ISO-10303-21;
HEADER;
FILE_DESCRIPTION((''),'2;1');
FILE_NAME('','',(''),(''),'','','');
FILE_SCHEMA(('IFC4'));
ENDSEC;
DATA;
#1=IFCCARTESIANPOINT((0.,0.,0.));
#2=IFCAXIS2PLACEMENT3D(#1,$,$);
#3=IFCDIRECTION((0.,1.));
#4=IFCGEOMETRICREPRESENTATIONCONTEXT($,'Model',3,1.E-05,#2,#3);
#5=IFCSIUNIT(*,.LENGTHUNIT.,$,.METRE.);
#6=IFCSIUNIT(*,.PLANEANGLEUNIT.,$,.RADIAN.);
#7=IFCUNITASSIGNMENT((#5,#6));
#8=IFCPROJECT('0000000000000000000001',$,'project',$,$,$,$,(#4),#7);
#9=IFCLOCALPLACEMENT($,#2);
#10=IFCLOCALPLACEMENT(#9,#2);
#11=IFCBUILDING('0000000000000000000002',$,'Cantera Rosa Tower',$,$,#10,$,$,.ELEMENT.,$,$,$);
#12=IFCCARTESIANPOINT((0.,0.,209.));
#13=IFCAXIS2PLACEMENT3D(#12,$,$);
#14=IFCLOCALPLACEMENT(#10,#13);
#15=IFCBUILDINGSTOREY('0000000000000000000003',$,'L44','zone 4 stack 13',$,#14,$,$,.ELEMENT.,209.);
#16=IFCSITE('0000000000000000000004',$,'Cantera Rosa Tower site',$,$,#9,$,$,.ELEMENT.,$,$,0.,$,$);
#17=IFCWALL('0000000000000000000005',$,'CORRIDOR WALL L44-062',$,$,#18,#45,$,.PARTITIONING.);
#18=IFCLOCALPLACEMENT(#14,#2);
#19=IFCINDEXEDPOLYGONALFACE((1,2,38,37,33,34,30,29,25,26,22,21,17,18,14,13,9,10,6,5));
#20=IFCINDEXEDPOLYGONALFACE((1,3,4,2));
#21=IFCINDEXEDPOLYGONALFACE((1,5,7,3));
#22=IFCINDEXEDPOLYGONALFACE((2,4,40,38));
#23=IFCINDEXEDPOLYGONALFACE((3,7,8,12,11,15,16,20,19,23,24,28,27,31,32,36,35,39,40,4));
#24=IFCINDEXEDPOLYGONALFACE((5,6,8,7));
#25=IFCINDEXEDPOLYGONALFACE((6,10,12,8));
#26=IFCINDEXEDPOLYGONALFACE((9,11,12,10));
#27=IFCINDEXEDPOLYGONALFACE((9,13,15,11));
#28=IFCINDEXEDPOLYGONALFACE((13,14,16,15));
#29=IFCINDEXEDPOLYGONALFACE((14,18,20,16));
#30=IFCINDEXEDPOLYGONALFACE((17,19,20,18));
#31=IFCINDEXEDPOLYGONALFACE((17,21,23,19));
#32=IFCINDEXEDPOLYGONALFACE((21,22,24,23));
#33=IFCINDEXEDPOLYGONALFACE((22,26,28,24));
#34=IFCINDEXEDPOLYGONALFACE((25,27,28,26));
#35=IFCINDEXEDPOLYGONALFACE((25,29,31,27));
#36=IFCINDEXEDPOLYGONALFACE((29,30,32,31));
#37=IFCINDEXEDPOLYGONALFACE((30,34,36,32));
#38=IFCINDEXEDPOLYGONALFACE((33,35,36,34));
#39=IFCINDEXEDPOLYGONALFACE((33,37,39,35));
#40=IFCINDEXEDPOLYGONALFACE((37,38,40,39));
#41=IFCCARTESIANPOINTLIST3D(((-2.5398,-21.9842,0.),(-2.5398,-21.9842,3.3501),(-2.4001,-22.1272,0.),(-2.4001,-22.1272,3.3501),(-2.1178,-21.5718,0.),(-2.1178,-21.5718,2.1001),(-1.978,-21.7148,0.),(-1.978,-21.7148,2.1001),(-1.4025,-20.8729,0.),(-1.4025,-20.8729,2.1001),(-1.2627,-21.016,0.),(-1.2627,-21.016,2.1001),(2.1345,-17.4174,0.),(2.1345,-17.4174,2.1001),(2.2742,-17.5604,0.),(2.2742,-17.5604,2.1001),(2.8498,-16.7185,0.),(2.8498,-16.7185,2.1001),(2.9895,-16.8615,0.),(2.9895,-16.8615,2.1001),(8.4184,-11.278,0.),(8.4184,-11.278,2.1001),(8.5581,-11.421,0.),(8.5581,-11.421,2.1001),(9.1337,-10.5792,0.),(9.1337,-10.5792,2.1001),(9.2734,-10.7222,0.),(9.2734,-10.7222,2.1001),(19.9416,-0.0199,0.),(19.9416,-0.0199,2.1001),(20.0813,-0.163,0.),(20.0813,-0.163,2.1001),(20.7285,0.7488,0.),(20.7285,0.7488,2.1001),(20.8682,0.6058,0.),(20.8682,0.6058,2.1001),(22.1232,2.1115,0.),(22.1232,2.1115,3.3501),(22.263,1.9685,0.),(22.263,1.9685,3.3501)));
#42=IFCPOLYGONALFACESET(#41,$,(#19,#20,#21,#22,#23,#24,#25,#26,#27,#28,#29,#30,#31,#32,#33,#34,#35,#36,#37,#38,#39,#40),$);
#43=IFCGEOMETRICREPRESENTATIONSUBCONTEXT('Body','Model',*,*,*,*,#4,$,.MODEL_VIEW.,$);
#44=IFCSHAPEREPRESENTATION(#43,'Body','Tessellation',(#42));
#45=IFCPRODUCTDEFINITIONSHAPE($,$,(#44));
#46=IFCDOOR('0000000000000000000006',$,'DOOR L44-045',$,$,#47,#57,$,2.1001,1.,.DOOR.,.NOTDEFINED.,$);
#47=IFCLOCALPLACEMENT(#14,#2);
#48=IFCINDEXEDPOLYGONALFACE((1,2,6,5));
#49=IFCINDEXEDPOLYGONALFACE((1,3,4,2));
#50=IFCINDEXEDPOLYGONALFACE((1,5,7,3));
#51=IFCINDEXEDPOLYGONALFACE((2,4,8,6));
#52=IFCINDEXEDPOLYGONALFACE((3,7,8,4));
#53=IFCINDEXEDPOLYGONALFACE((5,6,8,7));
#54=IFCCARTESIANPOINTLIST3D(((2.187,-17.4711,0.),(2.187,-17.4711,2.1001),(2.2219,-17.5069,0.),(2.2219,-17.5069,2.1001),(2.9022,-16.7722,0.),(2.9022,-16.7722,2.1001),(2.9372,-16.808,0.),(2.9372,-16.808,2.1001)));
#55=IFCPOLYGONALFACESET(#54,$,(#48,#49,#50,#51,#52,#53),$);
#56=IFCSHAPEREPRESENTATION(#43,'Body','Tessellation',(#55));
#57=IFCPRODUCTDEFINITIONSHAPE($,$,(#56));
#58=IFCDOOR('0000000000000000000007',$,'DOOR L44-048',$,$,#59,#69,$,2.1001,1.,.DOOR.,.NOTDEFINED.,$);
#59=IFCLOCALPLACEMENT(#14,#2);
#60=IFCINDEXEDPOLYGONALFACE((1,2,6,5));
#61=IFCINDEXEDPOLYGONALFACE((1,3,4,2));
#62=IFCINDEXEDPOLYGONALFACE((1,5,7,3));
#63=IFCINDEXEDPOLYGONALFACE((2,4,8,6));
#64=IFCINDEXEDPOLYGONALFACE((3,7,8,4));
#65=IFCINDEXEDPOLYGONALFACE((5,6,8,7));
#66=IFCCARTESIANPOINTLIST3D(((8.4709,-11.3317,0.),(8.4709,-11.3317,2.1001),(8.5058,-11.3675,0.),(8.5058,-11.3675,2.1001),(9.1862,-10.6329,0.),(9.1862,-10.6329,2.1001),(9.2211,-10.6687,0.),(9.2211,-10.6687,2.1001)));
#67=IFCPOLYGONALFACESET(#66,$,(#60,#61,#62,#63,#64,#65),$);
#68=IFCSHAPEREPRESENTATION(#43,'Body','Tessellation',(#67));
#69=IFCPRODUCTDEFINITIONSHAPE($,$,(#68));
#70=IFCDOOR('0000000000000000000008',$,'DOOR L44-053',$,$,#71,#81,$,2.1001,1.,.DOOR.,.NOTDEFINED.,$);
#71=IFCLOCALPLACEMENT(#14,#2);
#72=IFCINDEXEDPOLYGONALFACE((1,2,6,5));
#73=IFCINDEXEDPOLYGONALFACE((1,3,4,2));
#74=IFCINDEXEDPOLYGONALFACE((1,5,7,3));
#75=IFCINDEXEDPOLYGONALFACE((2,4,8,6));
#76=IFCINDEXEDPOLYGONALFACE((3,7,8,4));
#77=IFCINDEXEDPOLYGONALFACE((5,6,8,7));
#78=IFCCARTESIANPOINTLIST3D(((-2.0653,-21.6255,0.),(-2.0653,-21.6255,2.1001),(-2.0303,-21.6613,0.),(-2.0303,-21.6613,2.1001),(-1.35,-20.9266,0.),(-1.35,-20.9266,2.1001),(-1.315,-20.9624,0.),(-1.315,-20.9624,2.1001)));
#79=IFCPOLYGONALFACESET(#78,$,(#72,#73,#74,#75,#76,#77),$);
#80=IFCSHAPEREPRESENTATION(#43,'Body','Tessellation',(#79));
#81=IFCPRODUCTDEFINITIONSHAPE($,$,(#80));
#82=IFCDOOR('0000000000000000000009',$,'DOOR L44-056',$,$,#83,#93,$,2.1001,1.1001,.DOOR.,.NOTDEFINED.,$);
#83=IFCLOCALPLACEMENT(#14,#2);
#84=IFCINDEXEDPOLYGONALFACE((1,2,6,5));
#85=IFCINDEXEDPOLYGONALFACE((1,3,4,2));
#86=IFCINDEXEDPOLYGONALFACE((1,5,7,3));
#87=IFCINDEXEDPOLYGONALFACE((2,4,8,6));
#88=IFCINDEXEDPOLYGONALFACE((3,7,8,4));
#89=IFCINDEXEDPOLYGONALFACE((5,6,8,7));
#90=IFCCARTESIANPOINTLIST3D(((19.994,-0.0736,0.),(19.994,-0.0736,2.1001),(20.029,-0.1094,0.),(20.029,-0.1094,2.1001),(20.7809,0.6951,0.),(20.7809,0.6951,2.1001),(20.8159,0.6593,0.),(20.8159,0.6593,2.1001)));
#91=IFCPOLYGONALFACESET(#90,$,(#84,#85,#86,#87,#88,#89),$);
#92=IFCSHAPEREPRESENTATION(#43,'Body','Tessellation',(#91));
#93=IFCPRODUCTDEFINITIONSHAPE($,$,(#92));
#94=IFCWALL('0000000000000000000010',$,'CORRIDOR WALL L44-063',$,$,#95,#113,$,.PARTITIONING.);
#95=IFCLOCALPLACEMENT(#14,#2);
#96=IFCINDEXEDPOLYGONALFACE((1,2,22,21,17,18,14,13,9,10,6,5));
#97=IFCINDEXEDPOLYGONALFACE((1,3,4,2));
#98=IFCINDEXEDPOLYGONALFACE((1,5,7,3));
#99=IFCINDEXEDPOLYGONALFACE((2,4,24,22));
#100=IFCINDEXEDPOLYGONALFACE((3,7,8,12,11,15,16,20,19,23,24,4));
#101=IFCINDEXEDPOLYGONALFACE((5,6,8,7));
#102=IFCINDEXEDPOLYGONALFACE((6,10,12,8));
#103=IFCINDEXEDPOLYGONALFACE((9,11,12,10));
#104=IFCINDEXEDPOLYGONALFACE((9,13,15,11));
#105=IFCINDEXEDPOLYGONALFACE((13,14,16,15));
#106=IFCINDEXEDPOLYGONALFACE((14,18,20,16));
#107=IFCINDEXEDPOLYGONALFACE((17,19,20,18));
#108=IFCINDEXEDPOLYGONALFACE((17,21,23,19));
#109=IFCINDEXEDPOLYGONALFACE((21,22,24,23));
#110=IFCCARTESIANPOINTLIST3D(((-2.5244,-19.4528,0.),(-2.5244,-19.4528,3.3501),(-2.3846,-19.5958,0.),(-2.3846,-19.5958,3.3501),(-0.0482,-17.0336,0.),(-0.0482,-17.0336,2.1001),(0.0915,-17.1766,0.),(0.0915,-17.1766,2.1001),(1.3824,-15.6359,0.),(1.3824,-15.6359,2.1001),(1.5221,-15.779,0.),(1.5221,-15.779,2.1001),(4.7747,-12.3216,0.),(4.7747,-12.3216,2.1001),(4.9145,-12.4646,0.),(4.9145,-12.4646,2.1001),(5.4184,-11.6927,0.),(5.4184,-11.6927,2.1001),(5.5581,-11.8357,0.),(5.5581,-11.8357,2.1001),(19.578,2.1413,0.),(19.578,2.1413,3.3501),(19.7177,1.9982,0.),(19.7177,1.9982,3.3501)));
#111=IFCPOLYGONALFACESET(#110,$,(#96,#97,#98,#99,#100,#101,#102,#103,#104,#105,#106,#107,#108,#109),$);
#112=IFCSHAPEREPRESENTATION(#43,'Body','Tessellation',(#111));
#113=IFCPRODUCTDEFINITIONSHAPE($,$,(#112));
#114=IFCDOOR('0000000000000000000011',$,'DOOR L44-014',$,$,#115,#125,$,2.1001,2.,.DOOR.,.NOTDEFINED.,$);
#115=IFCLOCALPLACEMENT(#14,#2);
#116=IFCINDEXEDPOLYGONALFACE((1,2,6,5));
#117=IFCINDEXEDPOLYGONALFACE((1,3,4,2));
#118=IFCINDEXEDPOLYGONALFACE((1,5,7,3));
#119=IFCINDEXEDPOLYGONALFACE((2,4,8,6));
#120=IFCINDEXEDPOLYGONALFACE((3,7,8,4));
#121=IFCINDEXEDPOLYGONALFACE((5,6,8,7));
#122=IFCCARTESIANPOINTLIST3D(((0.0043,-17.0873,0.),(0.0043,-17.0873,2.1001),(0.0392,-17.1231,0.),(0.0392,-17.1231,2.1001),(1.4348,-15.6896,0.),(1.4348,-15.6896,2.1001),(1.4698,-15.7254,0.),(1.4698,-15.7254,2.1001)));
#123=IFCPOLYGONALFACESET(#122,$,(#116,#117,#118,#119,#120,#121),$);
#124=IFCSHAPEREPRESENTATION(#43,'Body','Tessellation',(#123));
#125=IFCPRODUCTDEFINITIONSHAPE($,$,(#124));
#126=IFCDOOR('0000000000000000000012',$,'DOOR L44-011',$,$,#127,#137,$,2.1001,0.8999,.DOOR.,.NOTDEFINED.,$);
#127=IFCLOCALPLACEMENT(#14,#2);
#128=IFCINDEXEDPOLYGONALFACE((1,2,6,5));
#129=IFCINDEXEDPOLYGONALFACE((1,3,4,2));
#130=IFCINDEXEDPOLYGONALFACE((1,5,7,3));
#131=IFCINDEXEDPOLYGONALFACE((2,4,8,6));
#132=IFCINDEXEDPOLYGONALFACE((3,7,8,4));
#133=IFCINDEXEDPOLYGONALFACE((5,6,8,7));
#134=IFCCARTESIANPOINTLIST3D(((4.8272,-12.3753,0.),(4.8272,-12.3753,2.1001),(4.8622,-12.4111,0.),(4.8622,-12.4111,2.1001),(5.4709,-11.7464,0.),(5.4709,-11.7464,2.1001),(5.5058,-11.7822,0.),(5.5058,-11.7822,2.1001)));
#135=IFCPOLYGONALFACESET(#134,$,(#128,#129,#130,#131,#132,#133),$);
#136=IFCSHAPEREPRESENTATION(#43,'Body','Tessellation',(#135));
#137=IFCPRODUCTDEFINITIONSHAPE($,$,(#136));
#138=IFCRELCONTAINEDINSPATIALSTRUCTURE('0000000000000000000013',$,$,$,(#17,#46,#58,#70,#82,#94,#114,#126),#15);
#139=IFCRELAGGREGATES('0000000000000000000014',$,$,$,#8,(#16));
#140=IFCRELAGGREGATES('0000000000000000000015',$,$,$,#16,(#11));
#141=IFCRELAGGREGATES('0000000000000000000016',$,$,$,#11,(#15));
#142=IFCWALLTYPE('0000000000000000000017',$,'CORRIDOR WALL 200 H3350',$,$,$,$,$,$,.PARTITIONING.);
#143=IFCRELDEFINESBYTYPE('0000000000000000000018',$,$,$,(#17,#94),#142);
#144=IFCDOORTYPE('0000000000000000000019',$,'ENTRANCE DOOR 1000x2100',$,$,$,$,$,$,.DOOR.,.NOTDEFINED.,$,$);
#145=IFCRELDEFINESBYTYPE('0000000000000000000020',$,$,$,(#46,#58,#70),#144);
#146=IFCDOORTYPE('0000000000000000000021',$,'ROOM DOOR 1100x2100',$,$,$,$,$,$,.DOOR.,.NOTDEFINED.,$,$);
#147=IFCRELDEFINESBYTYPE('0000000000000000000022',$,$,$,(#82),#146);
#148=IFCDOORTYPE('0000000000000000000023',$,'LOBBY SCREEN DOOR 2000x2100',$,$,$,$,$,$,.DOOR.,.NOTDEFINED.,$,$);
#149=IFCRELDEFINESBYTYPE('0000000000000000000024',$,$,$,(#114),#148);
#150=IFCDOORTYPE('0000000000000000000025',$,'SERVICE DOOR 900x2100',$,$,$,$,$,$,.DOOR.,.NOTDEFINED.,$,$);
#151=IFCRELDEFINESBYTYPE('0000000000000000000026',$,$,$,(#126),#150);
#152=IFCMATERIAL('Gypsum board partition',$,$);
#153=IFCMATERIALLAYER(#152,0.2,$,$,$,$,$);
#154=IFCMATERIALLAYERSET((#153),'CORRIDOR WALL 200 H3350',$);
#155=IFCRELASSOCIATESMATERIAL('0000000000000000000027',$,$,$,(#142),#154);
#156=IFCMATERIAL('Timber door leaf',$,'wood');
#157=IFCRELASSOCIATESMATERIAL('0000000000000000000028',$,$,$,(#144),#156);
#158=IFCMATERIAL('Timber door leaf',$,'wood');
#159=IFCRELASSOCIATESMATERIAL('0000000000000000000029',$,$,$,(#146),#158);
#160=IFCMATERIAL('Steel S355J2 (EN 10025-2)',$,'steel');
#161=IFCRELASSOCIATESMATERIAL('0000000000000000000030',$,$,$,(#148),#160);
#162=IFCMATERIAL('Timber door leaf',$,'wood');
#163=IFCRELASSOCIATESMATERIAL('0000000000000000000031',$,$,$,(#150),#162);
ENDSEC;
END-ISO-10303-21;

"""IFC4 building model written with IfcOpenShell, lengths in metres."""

from ifc_helpers import new_model, si_unit, direction, frame, frame_2d, origin, place, context, subcontext, project, spatial, rectangle, extrude, material, layer, layer_set, type_object, element, fill, save


model = new_model("IFC4")

# Units and contexts
model_context = context("Model", 3, precision=1e-05, world=origin(), true_north=direction((0.0, 1.0)))
body_context = subcontext(model_context, "Body", "Model", "MODEL_VIEW")
ifc_project = project(units=[si_unit("LENGTHUNIT", "METRE"), si_unit("PLANEANGLEUNIT", "RADIAN")], contexts=[model_context])

# Site, building, storey
site_placement = place(None, origin())
site = spatial("IfcSite", under=ifc_project, at=site_placement, Name="Cantera Rosa Tower site", CompositionType="ELEMENT", RefElevation=0.0)
building_placement = place(site_placement, origin())
building = spatial("IfcBuilding", under=site, at=building_placement, Name="Cantera Rosa Tower", CompositionType="ELEMENT")
storey_placement = place(building_placement, frame((0.0, 0.0, 209.0)))
storey = spatial("IfcBuildingStorey", under=building, at=storey_placement, Name="L44", Description="zone 4 stack 13", CompositionType="ELEMENT", Elevation=209.0)

# Shared definitions
ifc_material_1 = material(Name="Gypsum board partition")
ifc_layer_1 = layer(ifc_material_1, 0.2)
ifc_layer_set_1 = layer_set([ifc_layer_1], Name="CORRIDOR WALL 200 H3350")
wall_type_1 = type_object("IfcWallType", Name="CORRIDOR WALL 200 H3350", PredefinedType="PARTITIONING", material=ifc_layer_set_1)

# Walls, openings, doors
wall_1_placement = place(storey_placement, frame((-2.47, -22.0557, 0.0), z_axis=(0.0, 0.0, 1.0), x_axis=(0.715287, 0.698831, 0.0)))
wall_1 = element("IfcWall", 1, at=wall_1_placement, inside=storey, type_object=wall_type_1, Name="CORRIDOR WALL L44-062", PredefinedType="PARTITIONING", context=body_context, shape_type="SweptSolid", body=[
    extrude(rectangle(XDim=34.48, YDim=0.2, at=frame_2d((17.24, 0.0))), origin(), (0.0, 0.0, 1.0), 3.3501),
])
opening_1_placement = place(wall_1_placement, frame((6.5349, 0.0, 0.0)))
opening_1 = element("IfcOpeningElement", 2, at=opening_1_placement, cuts=wall_1, PredefinedType="OPENING", context=body_context, shape_type="SweptSolid", body=[
    extrude(rectangle(XDim=1.0, YDim=2.1001, at=frame_2d((0.5, 1.05))), frame((0.0, 0.1099, 0.0), z_axis=(0.0, -1.0, 0.0), x_axis=(1.0, 0.0, 0.0)), (0.0, 0.0, 1.0), 0.22),
])
opening_2_placement = place(wall_1_placement, frame((15.3201, 0.0, 0.0)))
opening_2 = element("IfcOpeningElement", 3, at=opening_2_placement, cuts=wall_1, PredefinedType="OPENING", context=body_context, shape_type="SweptSolid", body=[
    extrude(rectangle(XDim=1.0, YDim=2.1001, at=frame_2d((0.5, 1.05))), frame((0.0, 0.1099, 0.0), z_axis=(0.0, -1.0, 0.0), x_axis=(1.0, 0.0, 0.0)), (0.0, 0.0, 1.0), 0.22),
])
opening_3_placement = place(wall_1_placement, frame((0.5901, 0.0, 0.0)))
opening_3 = element("IfcOpeningElement", 4, at=opening_3_placement, cuts=wall_1, PredefinedType="OPENING", context=body_context, shape_type="SweptSolid", body=[
    extrude(rectangle(XDim=1.0, YDim=2.1001, at=frame_2d((0.5, 1.05))), frame((0.0, 0.1099, 0.0), z_axis=(0.0, -1.0, 0.0), x_axis=(1.0, 0.0, 0.0)), (0.0, 0.0, 1.0), 0.22),
])
opening_4_placement = place(wall_1_placement, frame((31.4299, 0.0, 0.0)))
opening_4 = element("IfcOpeningElement", 5, at=opening_4_placement, cuts=wall_1, PredefinedType="OPENING", context=body_context, shape_type="SweptSolid", body=[
    extrude(rectangle(XDim=1.1001, YDim=2.1001, at=frame_2d((0.55, 1.05))), frame((0.0, 0.1099, 0.0), z_axis=(0.0, -1.0, 0.0), x_axis=(1.0, 0.0, 0.0)), (0.0, 0.0, 1.0), 0.22),
])
ifc_material_2 = material(Name="Timber door leaf", Category="wood")
door_type_1 = type_object("IfcDoorType", Name="ENTRANCE DOOR 1000x2100", OperationType="NOTDEFINED", PredefinedType="DOOR", material=ifc_material_2)
door_1_placement = place(opening_1_placement, origin())
door_1 = element("IfcDoor", 6, at=door_1_placement, inside=storey, type_object=door_type_1, Name="DOOR L44-045", OperationType="NOTDEFINED", OverallHeight=2.1001, OverallWidth=1.0, PredefinedType="DOOR", context=body_context, shape_type="SweptSolid", body=[
    extrude(rectangle(XDim=1.0, YDim=2.1001, at=frame_2d((0.5, 1.05))), frame((0.0, 0.0249, 0.0), z_axis=(0.0, -1.0, 0.0), x_axis=(1.0, 0.0, 0.0)), (0.0, 0.0, 1.0), 0.05),
])
fill(opening_1, door_1)
door_2_placement = place(opening_2_placement, origin())
door_2 = element("IfcDoor", 7, at=door_2_placement, inside=storey, type_object=door_type_1, Name="DOOR L44-048", OperationType="NOTDEFINED", OverallHeight=2.1001, OverallWidth=1.0, PredefinedType="DOOR", context=body_context, shape_type="SweptSolid", body=[
    extrude(rectangle(XDim=1.0, YDim=2.1001, at=frame_2d((0.5, 1.05))), frame((0.0, 0.0249, 0.0), z_axis=(0.0, -1.0, 0.0), x_axis=(1.0, 0.0, 0.0)), (0.0, 0.0, 1.0), 0.05),
])
fill(opening_2, door_2)
door_3_placement = place(opening_3_placement, origin())
door_3 = element("IfcDoor", 8, at=door_3_placement, inside=storey, type_object=door_type_1, Name="DOOR L44-053", OperationType="NOTDEFINED", OverallHeight=2.1001, OverallWidth=1.0, PredefinedType="DOOR", context=body_context, shape_type="SweptSolid", body=[
    extrude(rectangle(XDim=1.0, YDim=2.1001, at=frame_2d((0.5, 1.05))), frame((0.0, 0.0249, 0.0), z_axis=(0.0, -1.0, 0.0), x_axis=(1.0, 0.0, 0.0)), (0.0, 0.0, 1.0), 0.05),
])
fill(opening_3, door_3)
ifc_material_3 = material(Name="Timber door leaf", Category="wood")
door_type_2 = type_object("IfcDoorType", Name="ROOM DOOR 1100x2100", OperationType="NOTDEFINED", PredefinedType="DOOR", material=ifc_material_3)
door_4_placement = place(opening_4_placement, origin())
door_4 = element("IfcDoor", 9, at=door_4_placement, inside=storey, type_object=door_type_2, Name="DOOR L44-056", OperationType="NOTDEFINED", OverallHeight=2.1001, OverallWidth=1.1001, PredefinedType="DOOR", context=body_context, shape_type="SweptSolid", body=[
    extrude(rectangle(XDim=1.1001, YDim=2.1001, at=frame_2d((0.55, 1.05))), frame((0.0, 0.0249, 0.0), z_axis=(0.0, -1.0, 0.0), x_axis=(1.0, 0.0, 0.0)), (0.0, 0.0, 1.0), 0.05),
])
fill(opening_4, door_4)
wall_2_placement = place(storey_placement, frame((-2.4546, -19.5244, 0.0), z_axis=(0.0, 0.0, 1.0), x_axis=(0.715284, 0.698834, 0.0)))
wall_2 = element("IfcWall", 10, at=wall_2_placement, inside=storey, type_object=wall_type_1, Name="CORRIDOR WALL L44-063", PredefinedType="PARTITIONING", context=body_context, shape_type="SweptSolid", body=[
    extrude(rectangle(XDim=30.9001, YDim=0.2, at=frame_2d((15.4502, 0.0))), origin(), (0.0, 0.0, 1.0), 3.3501),
])
opening_5_placement = place(wall_2_placement, frame((10.2046, 0.0, 0.0)))
opening_5 = element("IfcOpeningElement", 11, at=opening_5_placement, cuts=wall_2, PredefinedType="OPENING", context=body_context, shape_type="SweptSolid", body=[
    extrude(rectangle(XDim=0.8999, YDim=2.1001, at=frame_2d((0.45, 1.05))), frame((0.0, 0.1099, 0.0), z_axis=(0.0, -1.0, 0.0), x_axis=(1.0, 0.0, 0.0)), (0.0, 0.0, 1.0), 0.22),
])
opening_6_placement = place(wall_2_placement, frame((3.4619, 0.0, 0.0)))
opening_6 = element("IfcOpeningElement", 12, at=opening_6_placement, cuts=wall_2, PredefinedType="OPENING", context=body_context, shape_type="SweptSolid", body=[
    extrude(rectangle(XDim=2.0, YDim=2.1001, at=frame_2d((1.0, 1.05))), frame((0.0, 0.1099, 0.0), z_axis=(0.0, -1.0, 0.0), x_axis=(1.0, 0.0, 0.0)), (0.0, 0.0, 1.0), 0.22),
])
ifc_material_4 = material(Name="Steel S355J2 (EN 10025-2)", Category="steel")
door_type_3 = type_object("IfcDoorType", Name="LOBBY SCREEN DOOR 2000x2100", OperationType="NOTDEFINED", PredefinedType="DOOR", material=ifc_material_4)
door_5_placement = place(opening_6_placement, origin())
door_5 = element("IfcDoor", 13, at=door_5_placement, inside=storey, type_object=door_type_3, Name="DOOR L44-014", OperationType="NOTDEFINED", OverallHeight=2.1001, OverallWidth=2.0, PredefinedType="DOOR", context=body_context, shape_type="SweptSolid", body=[
    extrude(rectangle(XDim=2.0, YDim=2.1001, at=frame_2d((1.0, 1.05))), frame((0.0, 0.0249, 0.0), z_axis=(0.0, -1.0, 0.0), x_axis=(1.0, 0.0, 0.0)), (0.0, 0.0, 1.0), 0.05),
])
fill(opening_6, door_5)
ifc_material_5 = material(Name="Timber door leaf", Category="wood")
door_type_4 = type_object("IfcDoorType", Name="SERVICE DOOR 900x2100", OperationType="NOTDEFINED", PredefinedType="DOOR", material=ifc_material_5)
door_6_placement = place(opening_5_placement, origin())
door_6 = element("IfcDoor", 14, at=door_6_placement, inside=storey, type_object=door_type_4, Name="DOOR L44-011", OperationType="NOTDEFINED", OverallHeight=2.1001, OverallWidth=0.8999, PredefinedType="DOOR", context=body_context, shape_type="SweptSolid", body=[
    extrude(rectangle(XDim=0.8999, YDim=2.1001, at=frame_2d((0.45, 1.05))), frame((0.0, 0.0249, 0.0), z_axis=(0.0, -1.0, 0.0), x_axis=(1.0, 0.0, 0.0)), (0.0, 0.0, 1.0), 0.05),
])
fill(opening_5, door_6)

save(model, "model.ifc")
